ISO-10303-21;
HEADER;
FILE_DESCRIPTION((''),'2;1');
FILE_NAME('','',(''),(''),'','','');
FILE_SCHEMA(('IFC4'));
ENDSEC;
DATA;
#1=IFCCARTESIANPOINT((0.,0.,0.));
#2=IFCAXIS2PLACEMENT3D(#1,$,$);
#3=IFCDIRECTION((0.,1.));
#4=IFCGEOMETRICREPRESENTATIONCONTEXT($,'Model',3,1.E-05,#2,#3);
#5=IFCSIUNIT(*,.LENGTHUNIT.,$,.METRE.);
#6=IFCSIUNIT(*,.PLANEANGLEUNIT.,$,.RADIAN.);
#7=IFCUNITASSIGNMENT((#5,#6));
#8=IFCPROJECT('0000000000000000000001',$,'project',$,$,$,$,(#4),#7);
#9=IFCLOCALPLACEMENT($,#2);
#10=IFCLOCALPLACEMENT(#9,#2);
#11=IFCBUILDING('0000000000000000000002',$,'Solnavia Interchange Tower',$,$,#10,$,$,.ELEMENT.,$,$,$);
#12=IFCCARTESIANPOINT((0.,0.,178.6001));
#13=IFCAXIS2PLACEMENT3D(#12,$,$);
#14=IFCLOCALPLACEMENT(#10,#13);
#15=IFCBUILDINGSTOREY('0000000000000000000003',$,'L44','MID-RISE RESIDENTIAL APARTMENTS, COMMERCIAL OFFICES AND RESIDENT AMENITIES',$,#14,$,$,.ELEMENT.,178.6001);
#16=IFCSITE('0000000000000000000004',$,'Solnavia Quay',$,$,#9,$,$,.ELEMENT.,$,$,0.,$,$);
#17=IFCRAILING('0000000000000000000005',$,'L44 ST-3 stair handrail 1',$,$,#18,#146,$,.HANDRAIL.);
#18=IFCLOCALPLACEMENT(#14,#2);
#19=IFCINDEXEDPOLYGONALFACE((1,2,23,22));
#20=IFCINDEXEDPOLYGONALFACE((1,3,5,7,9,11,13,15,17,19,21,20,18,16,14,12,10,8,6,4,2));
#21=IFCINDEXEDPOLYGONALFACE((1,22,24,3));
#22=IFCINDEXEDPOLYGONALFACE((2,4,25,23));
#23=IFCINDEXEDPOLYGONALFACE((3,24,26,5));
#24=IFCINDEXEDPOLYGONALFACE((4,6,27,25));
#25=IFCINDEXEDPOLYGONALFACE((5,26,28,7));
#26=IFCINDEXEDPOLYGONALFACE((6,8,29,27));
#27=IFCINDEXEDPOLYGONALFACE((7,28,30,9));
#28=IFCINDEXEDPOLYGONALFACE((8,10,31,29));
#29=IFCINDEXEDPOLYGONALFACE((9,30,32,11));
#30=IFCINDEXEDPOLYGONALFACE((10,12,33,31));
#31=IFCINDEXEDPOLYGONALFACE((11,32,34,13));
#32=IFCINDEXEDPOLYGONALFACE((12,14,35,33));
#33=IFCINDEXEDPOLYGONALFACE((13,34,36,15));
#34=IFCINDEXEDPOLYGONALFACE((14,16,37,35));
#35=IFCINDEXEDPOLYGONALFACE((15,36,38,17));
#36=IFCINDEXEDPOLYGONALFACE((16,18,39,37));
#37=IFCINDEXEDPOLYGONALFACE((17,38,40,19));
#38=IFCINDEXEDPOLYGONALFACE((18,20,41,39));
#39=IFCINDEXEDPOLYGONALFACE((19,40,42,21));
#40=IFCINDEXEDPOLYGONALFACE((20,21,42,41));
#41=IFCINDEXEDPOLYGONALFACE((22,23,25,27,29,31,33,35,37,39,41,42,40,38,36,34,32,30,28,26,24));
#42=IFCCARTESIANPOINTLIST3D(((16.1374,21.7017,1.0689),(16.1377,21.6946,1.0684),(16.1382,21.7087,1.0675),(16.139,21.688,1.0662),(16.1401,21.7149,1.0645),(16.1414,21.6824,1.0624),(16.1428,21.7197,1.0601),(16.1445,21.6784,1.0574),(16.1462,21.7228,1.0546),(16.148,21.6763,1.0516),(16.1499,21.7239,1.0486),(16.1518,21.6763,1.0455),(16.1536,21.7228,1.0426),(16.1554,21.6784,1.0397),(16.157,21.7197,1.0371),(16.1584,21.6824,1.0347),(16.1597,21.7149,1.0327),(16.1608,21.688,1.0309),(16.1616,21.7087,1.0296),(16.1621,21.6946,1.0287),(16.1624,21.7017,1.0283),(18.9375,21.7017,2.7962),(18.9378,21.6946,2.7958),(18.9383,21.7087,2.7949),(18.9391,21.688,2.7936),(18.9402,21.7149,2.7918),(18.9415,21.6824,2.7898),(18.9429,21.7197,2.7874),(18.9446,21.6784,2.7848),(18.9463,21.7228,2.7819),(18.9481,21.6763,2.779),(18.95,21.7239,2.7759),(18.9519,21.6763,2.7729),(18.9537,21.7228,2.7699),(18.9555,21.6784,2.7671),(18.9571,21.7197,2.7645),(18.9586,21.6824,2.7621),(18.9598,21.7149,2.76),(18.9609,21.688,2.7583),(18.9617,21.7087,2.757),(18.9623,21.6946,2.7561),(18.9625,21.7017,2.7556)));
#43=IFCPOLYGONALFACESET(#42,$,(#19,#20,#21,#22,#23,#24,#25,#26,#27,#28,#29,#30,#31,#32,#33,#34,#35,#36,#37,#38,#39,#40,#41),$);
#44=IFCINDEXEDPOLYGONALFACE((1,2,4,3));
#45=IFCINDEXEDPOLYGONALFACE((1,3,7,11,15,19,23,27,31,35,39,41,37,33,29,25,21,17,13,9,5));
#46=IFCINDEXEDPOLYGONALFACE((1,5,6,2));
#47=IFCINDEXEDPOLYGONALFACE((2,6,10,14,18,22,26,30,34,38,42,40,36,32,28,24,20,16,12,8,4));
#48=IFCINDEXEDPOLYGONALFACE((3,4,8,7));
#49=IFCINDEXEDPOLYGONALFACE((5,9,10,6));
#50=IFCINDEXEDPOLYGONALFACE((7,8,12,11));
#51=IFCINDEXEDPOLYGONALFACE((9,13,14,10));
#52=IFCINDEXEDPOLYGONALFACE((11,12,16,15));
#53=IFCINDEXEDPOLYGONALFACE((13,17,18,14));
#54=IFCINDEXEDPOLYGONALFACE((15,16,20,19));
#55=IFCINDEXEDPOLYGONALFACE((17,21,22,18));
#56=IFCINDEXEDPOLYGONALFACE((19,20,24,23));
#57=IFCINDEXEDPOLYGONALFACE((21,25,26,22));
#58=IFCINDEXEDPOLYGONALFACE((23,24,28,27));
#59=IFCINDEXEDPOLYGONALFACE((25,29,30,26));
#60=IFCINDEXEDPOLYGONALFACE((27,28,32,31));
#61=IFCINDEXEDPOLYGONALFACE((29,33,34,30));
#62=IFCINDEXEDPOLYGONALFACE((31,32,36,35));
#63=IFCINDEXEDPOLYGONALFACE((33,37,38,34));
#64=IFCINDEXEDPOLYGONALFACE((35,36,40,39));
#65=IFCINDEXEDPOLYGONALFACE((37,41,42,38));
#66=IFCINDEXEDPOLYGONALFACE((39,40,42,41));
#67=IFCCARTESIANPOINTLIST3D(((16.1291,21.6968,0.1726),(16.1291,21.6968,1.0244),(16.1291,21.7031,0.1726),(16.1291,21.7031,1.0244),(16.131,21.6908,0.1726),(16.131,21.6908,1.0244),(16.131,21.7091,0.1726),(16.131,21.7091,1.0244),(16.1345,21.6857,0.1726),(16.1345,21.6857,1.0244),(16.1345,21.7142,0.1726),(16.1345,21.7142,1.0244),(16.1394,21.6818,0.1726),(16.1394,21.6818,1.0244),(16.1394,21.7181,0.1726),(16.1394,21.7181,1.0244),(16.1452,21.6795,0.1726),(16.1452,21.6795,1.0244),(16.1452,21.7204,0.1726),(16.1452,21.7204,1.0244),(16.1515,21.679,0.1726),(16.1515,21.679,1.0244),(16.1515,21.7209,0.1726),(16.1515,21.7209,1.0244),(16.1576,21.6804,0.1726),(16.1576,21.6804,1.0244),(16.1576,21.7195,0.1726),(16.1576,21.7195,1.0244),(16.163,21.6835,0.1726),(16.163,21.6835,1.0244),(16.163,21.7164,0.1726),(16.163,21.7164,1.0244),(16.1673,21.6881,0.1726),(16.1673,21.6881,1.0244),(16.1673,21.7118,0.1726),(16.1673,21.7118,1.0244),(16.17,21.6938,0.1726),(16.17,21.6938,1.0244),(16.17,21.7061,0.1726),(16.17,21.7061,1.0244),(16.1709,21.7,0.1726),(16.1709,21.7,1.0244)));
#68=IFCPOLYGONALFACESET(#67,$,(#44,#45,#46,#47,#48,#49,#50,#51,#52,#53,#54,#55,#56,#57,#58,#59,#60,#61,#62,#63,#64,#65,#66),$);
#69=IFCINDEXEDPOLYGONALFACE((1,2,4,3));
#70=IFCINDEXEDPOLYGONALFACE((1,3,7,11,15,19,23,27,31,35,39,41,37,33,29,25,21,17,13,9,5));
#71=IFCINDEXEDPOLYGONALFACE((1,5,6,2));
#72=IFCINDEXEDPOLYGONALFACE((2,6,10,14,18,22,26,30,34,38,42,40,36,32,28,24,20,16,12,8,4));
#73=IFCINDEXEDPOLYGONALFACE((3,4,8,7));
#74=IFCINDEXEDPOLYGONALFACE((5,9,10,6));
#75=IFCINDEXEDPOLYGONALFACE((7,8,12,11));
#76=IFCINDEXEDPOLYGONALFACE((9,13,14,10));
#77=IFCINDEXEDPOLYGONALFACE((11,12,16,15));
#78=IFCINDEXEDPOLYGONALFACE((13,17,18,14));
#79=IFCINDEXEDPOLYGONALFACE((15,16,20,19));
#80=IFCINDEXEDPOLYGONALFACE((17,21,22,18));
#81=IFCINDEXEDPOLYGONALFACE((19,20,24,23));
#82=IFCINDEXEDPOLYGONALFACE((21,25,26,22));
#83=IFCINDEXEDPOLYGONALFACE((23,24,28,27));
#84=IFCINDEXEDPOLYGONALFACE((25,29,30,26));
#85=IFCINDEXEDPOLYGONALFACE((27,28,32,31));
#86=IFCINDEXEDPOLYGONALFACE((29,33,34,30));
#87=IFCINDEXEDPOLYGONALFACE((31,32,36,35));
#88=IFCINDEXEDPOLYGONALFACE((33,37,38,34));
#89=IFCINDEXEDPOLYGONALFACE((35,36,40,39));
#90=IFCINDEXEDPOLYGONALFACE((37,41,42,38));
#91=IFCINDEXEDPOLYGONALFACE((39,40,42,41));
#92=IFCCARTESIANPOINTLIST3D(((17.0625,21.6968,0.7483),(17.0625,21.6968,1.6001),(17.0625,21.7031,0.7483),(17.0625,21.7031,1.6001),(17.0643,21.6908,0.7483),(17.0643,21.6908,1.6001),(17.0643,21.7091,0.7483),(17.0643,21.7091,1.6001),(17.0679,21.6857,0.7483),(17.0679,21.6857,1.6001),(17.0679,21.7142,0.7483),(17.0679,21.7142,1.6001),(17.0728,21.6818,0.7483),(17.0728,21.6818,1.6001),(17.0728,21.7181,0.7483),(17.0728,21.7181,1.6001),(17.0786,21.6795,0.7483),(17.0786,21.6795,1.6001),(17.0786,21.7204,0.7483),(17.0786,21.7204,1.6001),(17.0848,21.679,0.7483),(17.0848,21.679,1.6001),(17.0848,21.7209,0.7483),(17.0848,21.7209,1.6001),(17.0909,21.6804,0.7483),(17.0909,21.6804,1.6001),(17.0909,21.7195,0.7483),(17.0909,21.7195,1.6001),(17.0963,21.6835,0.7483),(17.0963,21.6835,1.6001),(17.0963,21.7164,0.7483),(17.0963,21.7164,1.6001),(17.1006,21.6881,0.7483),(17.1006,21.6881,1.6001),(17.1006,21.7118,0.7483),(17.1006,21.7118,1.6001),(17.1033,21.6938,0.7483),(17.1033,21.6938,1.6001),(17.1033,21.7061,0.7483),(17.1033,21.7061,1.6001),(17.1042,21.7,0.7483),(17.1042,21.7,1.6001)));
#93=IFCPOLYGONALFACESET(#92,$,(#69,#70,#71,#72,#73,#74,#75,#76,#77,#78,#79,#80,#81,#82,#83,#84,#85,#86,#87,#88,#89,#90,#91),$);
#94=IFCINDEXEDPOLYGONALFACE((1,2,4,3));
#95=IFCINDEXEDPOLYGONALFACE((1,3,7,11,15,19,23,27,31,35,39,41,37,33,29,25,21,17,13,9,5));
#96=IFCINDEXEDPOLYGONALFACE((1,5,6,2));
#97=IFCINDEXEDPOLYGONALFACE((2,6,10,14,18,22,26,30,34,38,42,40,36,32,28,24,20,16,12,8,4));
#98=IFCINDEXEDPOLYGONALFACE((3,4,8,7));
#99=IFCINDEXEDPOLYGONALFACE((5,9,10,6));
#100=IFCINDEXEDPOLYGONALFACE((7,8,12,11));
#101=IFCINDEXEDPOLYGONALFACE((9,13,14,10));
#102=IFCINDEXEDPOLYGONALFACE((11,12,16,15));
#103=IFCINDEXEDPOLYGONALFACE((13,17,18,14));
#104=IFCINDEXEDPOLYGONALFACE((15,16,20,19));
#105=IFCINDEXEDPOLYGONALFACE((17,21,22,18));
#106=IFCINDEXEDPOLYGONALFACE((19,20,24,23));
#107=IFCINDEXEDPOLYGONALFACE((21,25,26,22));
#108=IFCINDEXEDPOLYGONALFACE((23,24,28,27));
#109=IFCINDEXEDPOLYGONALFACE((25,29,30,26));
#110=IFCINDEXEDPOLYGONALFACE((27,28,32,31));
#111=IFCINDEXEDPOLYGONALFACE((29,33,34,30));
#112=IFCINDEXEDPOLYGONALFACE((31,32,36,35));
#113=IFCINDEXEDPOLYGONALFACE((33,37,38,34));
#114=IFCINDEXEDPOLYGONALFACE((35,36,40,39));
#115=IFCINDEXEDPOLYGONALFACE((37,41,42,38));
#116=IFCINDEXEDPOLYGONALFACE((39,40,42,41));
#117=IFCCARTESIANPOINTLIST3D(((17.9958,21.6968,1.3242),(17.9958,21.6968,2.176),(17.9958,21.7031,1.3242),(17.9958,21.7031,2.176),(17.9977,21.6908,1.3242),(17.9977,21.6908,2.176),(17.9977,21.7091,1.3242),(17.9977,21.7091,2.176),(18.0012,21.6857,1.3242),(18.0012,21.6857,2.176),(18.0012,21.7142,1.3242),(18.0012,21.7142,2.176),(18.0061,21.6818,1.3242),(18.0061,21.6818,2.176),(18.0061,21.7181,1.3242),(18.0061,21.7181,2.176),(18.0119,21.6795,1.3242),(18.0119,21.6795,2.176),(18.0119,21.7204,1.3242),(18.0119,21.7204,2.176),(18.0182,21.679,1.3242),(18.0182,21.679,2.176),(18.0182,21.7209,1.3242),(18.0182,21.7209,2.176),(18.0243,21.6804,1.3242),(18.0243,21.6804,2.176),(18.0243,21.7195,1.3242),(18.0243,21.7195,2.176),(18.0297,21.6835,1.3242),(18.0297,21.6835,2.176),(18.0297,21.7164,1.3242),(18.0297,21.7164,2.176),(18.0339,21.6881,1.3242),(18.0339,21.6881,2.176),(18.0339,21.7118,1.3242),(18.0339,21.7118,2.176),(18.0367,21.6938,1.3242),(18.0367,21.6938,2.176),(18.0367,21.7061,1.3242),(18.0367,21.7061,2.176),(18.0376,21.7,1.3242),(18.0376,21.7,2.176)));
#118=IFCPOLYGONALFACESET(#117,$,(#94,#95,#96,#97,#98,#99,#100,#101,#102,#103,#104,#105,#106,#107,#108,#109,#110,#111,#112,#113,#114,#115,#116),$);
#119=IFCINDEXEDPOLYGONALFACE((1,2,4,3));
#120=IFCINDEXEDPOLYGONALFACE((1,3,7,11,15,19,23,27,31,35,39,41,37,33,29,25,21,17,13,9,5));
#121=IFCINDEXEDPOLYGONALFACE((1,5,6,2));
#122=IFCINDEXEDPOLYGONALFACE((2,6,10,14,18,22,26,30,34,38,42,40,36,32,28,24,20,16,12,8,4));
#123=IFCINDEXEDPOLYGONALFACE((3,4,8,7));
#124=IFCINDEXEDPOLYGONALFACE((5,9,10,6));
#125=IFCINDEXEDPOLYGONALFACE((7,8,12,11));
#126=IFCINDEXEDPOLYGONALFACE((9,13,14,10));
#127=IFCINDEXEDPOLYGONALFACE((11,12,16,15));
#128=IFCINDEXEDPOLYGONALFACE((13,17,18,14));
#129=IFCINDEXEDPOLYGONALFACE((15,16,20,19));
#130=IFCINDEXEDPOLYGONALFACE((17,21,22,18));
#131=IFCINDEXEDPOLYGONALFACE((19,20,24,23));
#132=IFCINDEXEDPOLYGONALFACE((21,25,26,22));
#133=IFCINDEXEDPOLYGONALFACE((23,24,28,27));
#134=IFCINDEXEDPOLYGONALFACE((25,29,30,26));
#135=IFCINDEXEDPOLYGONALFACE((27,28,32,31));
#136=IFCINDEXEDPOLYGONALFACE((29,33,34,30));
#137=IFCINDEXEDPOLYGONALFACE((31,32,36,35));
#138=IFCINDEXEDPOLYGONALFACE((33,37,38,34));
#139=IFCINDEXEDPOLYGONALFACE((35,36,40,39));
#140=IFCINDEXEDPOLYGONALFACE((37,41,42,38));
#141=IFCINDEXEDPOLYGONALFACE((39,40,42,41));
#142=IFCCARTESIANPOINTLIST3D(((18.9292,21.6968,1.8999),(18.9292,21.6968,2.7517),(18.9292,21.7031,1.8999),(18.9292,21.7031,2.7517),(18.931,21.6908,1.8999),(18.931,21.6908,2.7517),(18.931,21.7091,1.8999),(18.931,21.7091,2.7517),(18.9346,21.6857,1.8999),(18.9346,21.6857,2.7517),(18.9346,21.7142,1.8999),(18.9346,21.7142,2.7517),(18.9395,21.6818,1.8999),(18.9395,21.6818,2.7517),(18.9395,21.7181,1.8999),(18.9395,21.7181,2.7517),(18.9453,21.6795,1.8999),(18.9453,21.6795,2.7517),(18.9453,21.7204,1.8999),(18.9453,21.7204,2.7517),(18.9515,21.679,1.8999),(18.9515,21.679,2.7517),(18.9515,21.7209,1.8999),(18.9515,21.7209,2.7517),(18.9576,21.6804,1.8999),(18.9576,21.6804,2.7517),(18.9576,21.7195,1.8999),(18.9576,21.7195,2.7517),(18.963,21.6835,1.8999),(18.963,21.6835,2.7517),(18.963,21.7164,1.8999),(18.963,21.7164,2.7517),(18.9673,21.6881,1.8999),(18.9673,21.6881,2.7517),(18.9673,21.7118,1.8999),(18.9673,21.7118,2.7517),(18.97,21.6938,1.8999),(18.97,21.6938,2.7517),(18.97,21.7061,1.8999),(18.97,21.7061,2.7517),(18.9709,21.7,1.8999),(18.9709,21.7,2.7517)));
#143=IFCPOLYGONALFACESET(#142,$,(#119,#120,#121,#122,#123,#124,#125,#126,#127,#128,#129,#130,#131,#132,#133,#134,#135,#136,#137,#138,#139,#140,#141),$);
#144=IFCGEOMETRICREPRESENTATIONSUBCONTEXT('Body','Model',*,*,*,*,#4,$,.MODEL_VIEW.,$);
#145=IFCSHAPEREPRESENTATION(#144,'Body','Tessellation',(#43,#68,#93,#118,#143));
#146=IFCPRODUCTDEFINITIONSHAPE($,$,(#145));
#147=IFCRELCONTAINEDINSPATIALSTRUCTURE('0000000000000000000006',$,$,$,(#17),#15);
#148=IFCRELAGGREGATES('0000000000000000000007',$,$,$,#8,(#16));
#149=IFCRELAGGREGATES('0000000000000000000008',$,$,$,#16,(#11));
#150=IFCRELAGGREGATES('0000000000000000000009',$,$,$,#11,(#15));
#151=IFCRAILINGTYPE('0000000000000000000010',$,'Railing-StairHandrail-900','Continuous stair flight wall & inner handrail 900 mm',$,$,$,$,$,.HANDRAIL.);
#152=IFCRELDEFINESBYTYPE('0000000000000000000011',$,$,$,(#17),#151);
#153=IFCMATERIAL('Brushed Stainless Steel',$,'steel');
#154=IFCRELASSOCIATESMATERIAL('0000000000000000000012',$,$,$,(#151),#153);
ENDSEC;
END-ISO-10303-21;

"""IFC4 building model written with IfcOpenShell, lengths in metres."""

from ifc_helpers import new_model, si_unit, direction, frame, origin, origin_2d, place, context, subcontext, project, spatial, circle, extrude, material, type_object, element, save


model = new_model("IFC4")

# Units and contexts
model_context = context("Model", 3, precision=1e-05, world=origin(), true_north=direction((0.0, 1.0)))
body_context = subcontext(model_context, "Body", "Model", "MODEL_VIEW")
ifc_project = project(units=[si_unit("LENGTHUNIT", "METRE"), si_unit("PLANEANGLEUNIT", "RADIAN")], contexts=[model_context])

# Site, building, storey
site_placement = place(None, origin())
site = spatial("IfcSite", under=ifc_project, at=site_placement, Name="Solnavia Quay", CompositionType="ELEMENT", RefElevation=0.0)
building_placement = place(site_placement, origin())
building = spatial("IfcBuilding", under=site, at=building_placement, Name="Solnavia Interchange Tower", CompositionType="ELEMENT")
storey_placement = place(building_placement, frame((0.0, 0.0, 178.6001)))
storey = spatial("IfcBuildingStorey", under=building, at=storey_placement, Name="L44", Description="MID-RISE RESIDENTIAL APARTMENTS, COMMERCIAL OFFICES AND RESIDENT AMENITIES", CompositionType="ELEMENT", Elevation=178.6001)

# Railing
ifc_material_1 = material(Name="Brushed Stainless Steel", Category="steel")
railing_type_1 = type_object("IfcRailingType", Name="Railing-StairHandrail-900", Description="Continuous stair flight wall & inner handrail 900 mm", PredefinedType="HANDRAIL", material=ifc_material_1)
railing_1_placement = place(storey_placement, frame((16.1499, 21.7, 0.1726)))
element("IfcRailing", 1, at=railing_1_placement, inside=storey, type_object=railing_type_1, Name="L44 ST-3 stair handrail 1", PredefinedType="HANDRAIL", context=body_context, shape_type="SweptSolid", body=[
    extrude(circle(Radius=0.0239, at=origin_2d()), frame((0.0, 0.0, 0.876), z_axis=(0.85109, 0.0, 0.52502), x_axis=(0.0, 1.0, 0.0)), (0.0, 0.0, 1.0), 3.29),
    extrude(circle(Radius=0.021, at=origin_2d()), origin(), (0.0, 0.0, 1.0), 0.8518),
    extrude(circle(Radius=0.021, at=origin_2d()), frame((0.9333, 0.0, 0.5757)), (0.0, 0.0, 1.0), 0.8518),
    extrude(circle(Radius=0.021, at=origin_2d()), frame((1.8667, 0.0, 1.1516)), (0.0, 0.0, 1.0), 0.8518),
    extrude(circle(Radius=0.021, at=origin_2d()), frame((2.8, 0.0, 1.7273)), (0.0, 0.0, 1.0), 0.8518),
])

save(model, "model.ifc")
